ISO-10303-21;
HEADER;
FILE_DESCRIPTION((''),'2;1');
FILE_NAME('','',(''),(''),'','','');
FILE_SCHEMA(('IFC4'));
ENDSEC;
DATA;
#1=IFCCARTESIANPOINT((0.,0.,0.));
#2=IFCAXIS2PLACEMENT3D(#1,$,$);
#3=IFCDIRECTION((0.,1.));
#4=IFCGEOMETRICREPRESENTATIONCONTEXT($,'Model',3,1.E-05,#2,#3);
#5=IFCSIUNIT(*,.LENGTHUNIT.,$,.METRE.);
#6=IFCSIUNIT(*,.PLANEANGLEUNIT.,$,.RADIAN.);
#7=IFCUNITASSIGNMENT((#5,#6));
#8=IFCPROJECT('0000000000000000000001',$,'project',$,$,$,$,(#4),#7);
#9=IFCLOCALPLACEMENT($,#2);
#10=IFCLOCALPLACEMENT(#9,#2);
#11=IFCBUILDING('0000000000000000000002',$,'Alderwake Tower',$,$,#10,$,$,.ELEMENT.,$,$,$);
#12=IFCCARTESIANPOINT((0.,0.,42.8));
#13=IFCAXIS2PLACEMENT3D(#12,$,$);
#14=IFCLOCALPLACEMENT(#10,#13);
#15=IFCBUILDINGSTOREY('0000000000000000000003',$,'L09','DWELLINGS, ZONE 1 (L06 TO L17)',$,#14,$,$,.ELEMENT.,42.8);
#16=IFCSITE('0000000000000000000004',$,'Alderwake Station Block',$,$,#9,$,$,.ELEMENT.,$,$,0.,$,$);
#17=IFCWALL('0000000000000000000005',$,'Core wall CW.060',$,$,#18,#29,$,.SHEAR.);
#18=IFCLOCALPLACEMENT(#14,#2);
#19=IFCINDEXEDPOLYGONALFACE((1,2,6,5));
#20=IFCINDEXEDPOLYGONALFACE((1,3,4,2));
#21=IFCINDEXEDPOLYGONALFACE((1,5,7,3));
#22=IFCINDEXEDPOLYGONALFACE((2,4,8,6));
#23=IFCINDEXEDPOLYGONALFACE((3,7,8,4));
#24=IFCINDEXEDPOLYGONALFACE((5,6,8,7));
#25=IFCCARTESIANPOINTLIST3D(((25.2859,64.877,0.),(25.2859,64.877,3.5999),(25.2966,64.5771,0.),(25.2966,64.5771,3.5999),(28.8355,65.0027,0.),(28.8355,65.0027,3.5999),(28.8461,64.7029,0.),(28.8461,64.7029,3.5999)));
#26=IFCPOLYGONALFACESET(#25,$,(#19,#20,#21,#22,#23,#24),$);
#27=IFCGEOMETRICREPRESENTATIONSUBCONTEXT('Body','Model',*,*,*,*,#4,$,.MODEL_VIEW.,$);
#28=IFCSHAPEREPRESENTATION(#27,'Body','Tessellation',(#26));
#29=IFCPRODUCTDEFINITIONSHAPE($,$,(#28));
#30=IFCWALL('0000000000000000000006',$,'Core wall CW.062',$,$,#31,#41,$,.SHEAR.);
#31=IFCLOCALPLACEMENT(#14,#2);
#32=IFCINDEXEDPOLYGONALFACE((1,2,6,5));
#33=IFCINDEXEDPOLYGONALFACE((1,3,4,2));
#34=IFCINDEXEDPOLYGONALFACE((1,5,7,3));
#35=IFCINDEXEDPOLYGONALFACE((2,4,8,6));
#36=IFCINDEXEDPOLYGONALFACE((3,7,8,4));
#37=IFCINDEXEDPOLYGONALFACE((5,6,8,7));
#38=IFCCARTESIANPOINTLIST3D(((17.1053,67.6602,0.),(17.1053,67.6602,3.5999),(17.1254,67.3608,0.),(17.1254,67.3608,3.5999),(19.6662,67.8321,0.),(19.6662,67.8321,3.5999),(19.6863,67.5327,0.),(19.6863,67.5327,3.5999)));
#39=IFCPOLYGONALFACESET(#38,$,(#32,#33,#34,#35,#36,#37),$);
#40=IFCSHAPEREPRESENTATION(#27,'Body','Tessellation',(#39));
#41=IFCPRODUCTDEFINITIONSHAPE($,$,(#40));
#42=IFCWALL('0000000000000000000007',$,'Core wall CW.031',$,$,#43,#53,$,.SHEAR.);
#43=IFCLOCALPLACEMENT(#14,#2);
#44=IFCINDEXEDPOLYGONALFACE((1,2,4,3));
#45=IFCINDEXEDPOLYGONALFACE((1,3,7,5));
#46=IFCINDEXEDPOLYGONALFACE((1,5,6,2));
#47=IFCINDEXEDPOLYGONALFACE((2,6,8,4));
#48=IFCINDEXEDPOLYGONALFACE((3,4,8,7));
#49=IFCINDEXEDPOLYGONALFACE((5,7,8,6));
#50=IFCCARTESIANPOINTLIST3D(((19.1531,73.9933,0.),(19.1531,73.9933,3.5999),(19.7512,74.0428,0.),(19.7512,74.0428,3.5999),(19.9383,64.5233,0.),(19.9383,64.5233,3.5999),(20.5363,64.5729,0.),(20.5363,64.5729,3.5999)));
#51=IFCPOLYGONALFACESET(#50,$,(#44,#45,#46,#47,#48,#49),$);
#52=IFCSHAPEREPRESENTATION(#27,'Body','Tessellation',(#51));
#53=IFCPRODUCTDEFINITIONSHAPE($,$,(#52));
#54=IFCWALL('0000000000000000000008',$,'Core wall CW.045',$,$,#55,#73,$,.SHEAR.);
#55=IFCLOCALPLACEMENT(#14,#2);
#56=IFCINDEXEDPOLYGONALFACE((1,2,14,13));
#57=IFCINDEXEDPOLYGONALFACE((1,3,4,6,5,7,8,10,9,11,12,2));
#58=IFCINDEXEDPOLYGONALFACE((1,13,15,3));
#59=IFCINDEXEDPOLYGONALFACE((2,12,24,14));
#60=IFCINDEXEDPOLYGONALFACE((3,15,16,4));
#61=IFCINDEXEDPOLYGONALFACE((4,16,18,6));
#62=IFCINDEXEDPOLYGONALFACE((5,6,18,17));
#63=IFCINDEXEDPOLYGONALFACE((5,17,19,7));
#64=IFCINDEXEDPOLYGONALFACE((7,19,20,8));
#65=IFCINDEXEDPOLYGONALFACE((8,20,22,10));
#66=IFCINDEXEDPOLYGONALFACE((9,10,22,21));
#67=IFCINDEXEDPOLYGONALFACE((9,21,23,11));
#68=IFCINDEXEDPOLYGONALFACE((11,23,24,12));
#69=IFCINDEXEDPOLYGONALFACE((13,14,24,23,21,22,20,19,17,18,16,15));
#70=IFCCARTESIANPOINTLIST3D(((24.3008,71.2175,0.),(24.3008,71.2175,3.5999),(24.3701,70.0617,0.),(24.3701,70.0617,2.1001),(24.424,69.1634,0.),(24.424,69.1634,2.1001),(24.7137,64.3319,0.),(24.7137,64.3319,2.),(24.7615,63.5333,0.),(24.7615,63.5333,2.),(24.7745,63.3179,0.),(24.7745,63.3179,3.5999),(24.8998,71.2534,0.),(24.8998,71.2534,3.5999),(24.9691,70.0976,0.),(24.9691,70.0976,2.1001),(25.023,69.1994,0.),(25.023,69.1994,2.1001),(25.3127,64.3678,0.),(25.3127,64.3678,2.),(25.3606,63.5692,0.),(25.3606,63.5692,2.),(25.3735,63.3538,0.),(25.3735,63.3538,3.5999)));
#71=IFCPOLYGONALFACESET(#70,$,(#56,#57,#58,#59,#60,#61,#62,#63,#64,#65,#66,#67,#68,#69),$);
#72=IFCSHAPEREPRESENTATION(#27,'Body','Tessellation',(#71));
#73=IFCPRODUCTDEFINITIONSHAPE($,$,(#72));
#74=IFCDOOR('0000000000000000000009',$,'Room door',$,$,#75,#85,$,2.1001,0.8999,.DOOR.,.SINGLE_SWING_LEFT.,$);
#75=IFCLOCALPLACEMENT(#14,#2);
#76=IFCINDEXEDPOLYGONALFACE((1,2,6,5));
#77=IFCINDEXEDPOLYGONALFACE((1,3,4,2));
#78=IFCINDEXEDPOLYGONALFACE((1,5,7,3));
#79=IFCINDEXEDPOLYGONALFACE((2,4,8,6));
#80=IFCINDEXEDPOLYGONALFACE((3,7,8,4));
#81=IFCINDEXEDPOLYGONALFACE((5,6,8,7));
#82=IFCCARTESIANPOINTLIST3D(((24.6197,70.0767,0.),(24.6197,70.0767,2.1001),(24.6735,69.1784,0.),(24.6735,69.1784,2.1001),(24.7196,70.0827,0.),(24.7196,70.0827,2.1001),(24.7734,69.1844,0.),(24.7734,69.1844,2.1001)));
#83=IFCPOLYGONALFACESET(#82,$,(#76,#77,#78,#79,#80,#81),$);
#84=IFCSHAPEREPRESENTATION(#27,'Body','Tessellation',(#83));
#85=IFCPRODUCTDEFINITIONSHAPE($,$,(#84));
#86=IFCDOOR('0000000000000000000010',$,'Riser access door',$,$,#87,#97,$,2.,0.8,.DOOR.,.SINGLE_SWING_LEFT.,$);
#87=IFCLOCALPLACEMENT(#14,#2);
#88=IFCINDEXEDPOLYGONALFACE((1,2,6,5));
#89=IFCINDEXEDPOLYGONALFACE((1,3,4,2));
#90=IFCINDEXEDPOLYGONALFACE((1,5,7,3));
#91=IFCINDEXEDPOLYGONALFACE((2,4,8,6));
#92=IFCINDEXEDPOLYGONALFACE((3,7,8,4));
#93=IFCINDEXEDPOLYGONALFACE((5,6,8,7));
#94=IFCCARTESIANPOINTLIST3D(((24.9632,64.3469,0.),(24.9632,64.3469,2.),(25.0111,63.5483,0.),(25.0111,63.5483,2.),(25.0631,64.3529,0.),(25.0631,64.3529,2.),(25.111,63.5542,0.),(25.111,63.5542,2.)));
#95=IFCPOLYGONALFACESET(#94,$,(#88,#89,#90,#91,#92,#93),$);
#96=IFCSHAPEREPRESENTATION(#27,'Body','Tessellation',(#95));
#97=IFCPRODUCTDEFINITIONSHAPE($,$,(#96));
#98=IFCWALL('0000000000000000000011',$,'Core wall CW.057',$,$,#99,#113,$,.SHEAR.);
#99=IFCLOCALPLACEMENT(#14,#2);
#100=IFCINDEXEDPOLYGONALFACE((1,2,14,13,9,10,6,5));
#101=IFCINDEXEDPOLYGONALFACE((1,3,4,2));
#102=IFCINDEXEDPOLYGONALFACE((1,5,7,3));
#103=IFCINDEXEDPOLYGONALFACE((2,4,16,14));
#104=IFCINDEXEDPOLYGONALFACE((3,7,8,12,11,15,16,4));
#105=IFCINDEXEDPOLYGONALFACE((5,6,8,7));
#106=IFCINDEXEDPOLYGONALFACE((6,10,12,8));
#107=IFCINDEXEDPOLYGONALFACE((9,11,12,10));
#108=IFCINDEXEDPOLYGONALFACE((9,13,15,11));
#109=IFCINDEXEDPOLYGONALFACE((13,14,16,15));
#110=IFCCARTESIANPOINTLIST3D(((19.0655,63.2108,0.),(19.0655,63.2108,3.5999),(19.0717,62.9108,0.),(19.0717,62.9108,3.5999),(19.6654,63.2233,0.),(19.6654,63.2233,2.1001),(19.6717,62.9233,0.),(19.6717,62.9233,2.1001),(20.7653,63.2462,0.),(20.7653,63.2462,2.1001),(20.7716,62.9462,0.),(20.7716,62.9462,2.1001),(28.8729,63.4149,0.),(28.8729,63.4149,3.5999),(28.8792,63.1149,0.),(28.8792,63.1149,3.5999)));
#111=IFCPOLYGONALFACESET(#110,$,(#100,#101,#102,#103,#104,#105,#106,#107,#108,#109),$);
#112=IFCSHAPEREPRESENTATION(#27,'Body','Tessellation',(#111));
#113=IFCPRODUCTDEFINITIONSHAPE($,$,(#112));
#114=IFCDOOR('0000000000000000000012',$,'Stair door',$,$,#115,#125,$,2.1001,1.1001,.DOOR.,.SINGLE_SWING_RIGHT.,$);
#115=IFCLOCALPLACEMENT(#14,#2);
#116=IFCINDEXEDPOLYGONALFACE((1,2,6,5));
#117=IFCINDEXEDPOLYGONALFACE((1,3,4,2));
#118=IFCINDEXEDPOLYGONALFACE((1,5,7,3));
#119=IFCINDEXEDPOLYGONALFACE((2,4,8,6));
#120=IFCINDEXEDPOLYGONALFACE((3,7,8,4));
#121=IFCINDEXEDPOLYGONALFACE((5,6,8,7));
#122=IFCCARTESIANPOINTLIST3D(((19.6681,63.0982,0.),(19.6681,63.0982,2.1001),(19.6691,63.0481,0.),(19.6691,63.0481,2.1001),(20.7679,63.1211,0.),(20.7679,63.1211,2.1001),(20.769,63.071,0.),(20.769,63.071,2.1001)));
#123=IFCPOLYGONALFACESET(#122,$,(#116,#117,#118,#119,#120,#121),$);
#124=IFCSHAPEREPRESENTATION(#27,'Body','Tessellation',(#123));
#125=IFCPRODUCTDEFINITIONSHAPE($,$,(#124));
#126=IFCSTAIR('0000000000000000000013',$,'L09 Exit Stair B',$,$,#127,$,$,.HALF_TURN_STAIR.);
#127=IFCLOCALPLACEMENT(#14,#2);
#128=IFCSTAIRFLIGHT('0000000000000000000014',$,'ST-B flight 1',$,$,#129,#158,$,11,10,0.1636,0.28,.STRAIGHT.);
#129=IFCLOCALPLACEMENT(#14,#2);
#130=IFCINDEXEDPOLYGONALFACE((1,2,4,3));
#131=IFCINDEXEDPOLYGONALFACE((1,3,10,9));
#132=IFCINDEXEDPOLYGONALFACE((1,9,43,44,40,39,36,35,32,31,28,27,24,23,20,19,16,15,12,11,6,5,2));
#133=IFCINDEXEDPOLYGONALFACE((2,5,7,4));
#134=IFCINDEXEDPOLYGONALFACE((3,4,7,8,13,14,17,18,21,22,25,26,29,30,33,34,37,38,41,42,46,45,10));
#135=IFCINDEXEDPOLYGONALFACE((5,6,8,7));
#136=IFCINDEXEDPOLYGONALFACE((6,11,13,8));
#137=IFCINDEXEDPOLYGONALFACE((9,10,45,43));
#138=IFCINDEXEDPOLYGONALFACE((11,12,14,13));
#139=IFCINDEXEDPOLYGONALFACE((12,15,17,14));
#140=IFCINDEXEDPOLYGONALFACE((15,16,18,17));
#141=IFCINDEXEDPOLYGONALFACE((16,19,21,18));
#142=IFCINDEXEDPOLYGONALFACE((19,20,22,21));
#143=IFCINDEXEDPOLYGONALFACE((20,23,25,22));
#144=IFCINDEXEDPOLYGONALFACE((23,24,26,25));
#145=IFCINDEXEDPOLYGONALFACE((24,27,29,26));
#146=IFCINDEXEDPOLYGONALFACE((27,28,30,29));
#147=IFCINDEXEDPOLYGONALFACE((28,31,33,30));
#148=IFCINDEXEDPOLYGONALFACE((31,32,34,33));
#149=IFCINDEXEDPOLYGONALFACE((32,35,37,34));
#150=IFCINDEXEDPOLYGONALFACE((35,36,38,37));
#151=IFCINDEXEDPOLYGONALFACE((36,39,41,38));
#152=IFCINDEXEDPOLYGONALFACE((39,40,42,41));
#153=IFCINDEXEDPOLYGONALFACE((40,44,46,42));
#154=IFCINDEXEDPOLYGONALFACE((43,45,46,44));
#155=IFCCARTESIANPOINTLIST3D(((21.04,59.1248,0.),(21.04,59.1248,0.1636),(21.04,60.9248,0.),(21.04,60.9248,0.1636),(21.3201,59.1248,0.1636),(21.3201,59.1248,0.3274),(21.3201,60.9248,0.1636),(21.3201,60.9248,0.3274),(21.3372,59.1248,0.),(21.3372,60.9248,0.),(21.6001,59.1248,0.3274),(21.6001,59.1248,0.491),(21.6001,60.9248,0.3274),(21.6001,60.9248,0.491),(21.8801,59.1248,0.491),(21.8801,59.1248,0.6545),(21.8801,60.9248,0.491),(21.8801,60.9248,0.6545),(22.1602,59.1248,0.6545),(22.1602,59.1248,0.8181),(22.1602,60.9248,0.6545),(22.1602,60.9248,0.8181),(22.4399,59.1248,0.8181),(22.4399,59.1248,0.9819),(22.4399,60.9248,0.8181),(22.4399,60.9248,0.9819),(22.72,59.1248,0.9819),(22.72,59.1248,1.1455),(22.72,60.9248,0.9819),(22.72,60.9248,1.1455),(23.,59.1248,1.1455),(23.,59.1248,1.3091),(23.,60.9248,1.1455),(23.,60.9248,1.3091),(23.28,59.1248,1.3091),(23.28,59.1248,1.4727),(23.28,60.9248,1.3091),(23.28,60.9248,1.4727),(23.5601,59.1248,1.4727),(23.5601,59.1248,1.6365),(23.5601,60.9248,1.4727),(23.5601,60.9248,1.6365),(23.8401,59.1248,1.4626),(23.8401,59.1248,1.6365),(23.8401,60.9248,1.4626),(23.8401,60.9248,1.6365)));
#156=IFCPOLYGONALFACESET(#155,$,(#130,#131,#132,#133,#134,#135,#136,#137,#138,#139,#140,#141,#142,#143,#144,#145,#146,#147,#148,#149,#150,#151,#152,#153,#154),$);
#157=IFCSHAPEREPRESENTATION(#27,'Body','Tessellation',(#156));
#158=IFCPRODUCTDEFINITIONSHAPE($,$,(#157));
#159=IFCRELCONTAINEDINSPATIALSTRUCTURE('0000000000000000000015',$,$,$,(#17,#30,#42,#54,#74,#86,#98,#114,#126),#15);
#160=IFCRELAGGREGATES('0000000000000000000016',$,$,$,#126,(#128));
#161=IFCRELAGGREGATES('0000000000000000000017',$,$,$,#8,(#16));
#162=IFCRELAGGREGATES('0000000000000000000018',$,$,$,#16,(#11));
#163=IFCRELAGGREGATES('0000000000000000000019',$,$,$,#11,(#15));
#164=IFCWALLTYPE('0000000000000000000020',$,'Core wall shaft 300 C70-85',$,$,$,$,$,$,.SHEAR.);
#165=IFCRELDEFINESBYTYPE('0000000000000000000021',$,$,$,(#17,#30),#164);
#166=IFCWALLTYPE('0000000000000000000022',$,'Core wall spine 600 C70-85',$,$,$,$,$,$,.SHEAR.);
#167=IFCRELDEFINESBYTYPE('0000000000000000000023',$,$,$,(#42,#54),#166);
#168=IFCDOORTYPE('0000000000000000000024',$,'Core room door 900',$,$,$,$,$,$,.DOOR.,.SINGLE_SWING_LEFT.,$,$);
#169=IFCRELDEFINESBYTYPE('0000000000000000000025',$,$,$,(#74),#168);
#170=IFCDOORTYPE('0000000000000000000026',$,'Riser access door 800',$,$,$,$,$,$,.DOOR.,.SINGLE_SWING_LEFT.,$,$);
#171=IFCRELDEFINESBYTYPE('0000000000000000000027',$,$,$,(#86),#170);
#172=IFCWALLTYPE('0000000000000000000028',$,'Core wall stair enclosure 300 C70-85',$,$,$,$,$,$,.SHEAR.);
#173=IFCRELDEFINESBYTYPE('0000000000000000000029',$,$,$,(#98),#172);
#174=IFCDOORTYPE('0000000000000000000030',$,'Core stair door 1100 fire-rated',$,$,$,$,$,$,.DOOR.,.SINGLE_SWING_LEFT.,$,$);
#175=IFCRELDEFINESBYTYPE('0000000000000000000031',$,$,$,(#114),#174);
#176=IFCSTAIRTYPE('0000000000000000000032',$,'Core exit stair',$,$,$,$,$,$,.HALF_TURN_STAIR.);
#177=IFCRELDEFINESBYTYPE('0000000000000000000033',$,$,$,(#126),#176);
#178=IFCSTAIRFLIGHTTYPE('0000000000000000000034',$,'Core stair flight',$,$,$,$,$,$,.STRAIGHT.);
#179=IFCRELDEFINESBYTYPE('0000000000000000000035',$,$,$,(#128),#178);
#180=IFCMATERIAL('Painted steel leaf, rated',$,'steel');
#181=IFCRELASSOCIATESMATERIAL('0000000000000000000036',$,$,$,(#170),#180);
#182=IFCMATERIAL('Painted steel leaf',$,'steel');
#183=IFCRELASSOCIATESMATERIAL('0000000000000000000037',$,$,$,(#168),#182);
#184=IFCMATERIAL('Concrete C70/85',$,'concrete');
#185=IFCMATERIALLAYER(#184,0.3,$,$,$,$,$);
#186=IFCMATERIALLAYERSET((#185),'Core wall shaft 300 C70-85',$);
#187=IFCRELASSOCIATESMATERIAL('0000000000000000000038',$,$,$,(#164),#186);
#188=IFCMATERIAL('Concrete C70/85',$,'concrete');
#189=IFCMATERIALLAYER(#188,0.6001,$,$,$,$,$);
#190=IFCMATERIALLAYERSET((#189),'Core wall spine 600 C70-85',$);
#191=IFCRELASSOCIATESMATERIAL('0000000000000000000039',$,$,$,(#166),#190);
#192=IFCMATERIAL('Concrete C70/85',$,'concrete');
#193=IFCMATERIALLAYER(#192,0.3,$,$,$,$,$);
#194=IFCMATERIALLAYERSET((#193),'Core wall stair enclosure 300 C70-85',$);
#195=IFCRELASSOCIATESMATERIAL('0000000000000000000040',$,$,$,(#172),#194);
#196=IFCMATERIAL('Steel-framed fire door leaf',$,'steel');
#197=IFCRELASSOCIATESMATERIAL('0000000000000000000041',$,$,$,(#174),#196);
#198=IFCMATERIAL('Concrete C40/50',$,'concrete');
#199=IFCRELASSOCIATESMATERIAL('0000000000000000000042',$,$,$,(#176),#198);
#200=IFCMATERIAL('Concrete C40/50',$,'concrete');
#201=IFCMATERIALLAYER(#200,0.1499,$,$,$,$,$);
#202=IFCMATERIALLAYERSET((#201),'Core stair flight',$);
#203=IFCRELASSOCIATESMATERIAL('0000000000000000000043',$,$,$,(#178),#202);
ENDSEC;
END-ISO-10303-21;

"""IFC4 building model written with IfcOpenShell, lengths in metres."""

from ifc_helpers import new_model, si_unit, direction, frame, frame_2d, origin, place, context, subcontext, project, spatial, polyline, rectangle, outline, extrude, material, layer, layer_set, type_object, element, fill, aggregate, save


model = new_model("IFC4")

# Units and contexts
model_context = context("Model", 3, precision=1e-05, world=origin(), true_north=direction((0.0, 1.0)))
body_context = subcontext(model_context, "Body", "Model", "MODEL_VIEW")
ifc_project = project(units=[si_unit("LENGTHUNIT", "METRE"), si_unit("PLANEANGLEUNIT", "RADIAN")], contexts=[model_context])

# Site, building, storey
site_placement = place(None, origin())
site = spatial("IfcSite", under=ifc_project, at=site_placement, Name="Alderwake Station Block", CompositionType="ELEMENT", RefElevation=0.0)
building_placement = place(site_placement, origin())
building = spatial("IfcBuilding", under=site, at=building_placement, Name="Alderwake Tower", CompositionType="ELEMENT")
storey_placement = place(building_placement, frame((0.0, 0.0, 42.8)))
storey = spatial("IfcBuildingStorey", under=building, at=storey_placement, Name="L09", Description="DWELLINGS, ZONE 1 (L06 TO L17)", CompositionType="ELEMENT", Elevation=42.8)

# Shared definitions
ifc_material_1 = material(Name="Painted steel leaf, rated", Category="steel")
door_type_1 = type_object("IfcDoorType", Name="Riser access door 800", OperationType="SINGLE_SWING_LEFT", PredefinedType="DOOR", material=ifc_material_1)

# Shared definitions
ifc_material_2 = material(Name="Painted steel leaf", Category="steel")
door_type_2 = type_object("IfcDoorType", Name="Core room door 900", OperationType="SINGLE_SWING_LEFT", PredefinedType="DOOR", material=ifc_material_2)

# Walls
ifc_material_3 = material(Name="Concrete C70/85", Category="concrete")
ifc_layer_1 = layer(ifc_material_3, 0.3)
ifc_layer_set_1 = layer_set([ifc_layer_1], Name="Core wall shaft 300 C70-85")
wall_type_1 = type_object("IfcWallType", Name="Core wall shaft 300 C70-85", PredefinedType="SHEAR", material=ifc_layer_set_1)
wall_1_placement = place(storey_placement, frame((25.2913, 64.7271, 0.0), z_axis=(0.0, 0.0, 1.0), x_axis=(0.999373, 0.0354, 0.0)))
element("IfcWall", 1, at=wall_1_placement, inside=storey, type_object=wall_type_1, Name="Core wall CW.060", PredefinedType="SHEAR", context=body_context, shape_type="SweptSolid", body=[
    extrude(rectangle(XDim=3.5518, YDim=0.3, at=frame_2d((1.7759, 0.0))), origin(), (0.0, 0.0, 1.0), 3.5999),
])
wall_2_placement = place(storey_placement, frame((17.1155, 67.5105, 0.0), z_axis=(0.0, 0.0, 1.0), x_axis=(0.997755, 0.066967, 0.0)))
element("IfcWall", 2, at=wall_2_placement, inside=storey, type_object=wall_type_1, Name="Core wall CW.062", PredefinedType="SHEAR", context=body_context, shape_type="SweptSolid", body=[
    extrude(rectangle(XDim=2.5667, YDim=0.3, at=frame_2d((1.2832, 0.0))), origin(), (0.0, 0.0, 1.0), 3.5999),
])
ifc_material_4 = material(Name="Concrete C70/85", Category="concrete")
ifc_layer_2 = layer(ifc_material_4, 0.6001)
ifc_layer_set_2 = layer_set([ifc_layer_2], Name="Core wall spine 600 C70-85")
wall_type_2 = type_object("IfcWallType", Name="Core wall spine 600 C70-85", PredefinedType="SHEAR", material=ifc_layer_set_2)
wall_3_placement = place(storey_placement, frame((20.2373, 64.5481, 0.0), z_axis=(0.0, 0.0, 1.0), x_axis=(-0.082627, 0.996581, 0.0)))
element("IfcWall", 3, at=wall_3_placement, inside=storey, type_object=wall_type_2, Name="Core wall CW.031", PredefinedType="SHEAR", context=body_context, shape_type="SweptSolid", body=[
    extrude(rectangle(XDim=9.5024, YDim=0.6001, at=frame_2d((4.7512, 0.0))), origin(), (0.0, 0.0, 1.0), 3.5999),
])

# Wall, openings, doors
wall_4_placement = place(storey_placement, frame((25.074, 63.3357, 0.0), z_axis=(0.0, 0.0, 1.0), x_axis=(-0.059849, 0.998207, 0.0)))
wall_4 = element("IfcWall", 4, at=wall_4_placement, inside=storey, type_object=wall_type_2, Name="Core wall CW.045", PredefinedType="SHEAR", context=body_context, shape_type="SweptSolid", body=[
    extrude(rectangle(XDim=7.9138, YDim=0.6001, at=frame_2d((3.957, 0.0))), origin(), (0.0, 0.0, 1.0), 3.5999),
])
opening_1_placement = place(wall_4_placement, frame((0.2161, 0.0, 0.0)))
opening_1 = element("IfcOpeningElement", 5, at=opening_1_placement, cuts=wall_4, PredefinedType="OPENING", context=body_context, shape_type="SweptSolid", body=[
    extrude(rectangle(XDim=0.8, YDim=2.0, at=frame_2d((0.3999, 1.0))), frame((0.0, 0.3101, 0.0), z_axis=(0.0, -1.0, 0.0), x_axis=(1.0, 0.0, 0.0)), (0.0, 0.0, 1.0), 0.6201),
])
opening_2_placement = place(wall_4_placement, frame((5.8562, 0.0, 0.0)))
opening_2 = element("IfcOpeningElement", 6, at=opening_2_placement, cuts=wall_4, PredefinedType="OPENING", context=body_context, shape_type="SweptSolid", body=[
    extrude(rectangle(XDim=0.8999, YDim=2.1001, at=frame_2d((0.45, 1.05))), frame((0.0, 0.3101, 0.0), z_axis=(0.0, -1.0, 0.0), x_axis=(1.0, 0.0, 0.0)), (0.0, 0.0, 1.0), 0.6201),
])
door_1_placement = place(opening_2_placement, origin())
door_1 = element("IfcDoor", 7, at=door_1_placement, inside=storey, type_object=door_type_2, Name="Room door", OperationType="SINGLE_SWING_LEFT", OverallHeight=2.1001, OverallWidth=0.8999, PredefinedType="DOOR", context=body_context, shape_type="SweptSolid", body=[
    extrude(rectangle(XDim=0.8999, YDim=2.1001, at=frame_2d((0.45, 1.05))), frame((0.0, 0.05, 0.0), z_axis=(0.0, -1.0, 0.0), x_axis=(1.0, 0.0, 0.0)), (0.0, 0.0, 1.0), 0.1001),
])
fill(opening_2, door_1)
door_2_placement = place(opening_1_placement, origin())
door_2 = element("IfcDoor", 8, at=door_2_placement, inside=storey, type_object=door_type_1, Name="Riser access door", OperationType="SINGLE_SWING_LEFT", OverallHeight=2.0, OverallWidth=0.8, PredefinedType="DOOR", context=body_context, shape_type="SweptSolid", body=[
    extrude(rectangle(XDim=0.8, YDim=2.0, at=frame_2d((0.3999, 1.0))), frame((0.0, 0.05, 0.0), z_axis=(0.0, -1.0, 0.0), x_axis=(1.0, 0.0, 0.0)), (0.0, 0.0, 1.0), 0.1001),
])
fill(opening_1, door_2)

# Wall, opening, door
ifc_material_5 = material(Name="Concrete C70/85", Category="concrete")
ifc_layer_3 = layer(ifc_material_5, 0.3)
ifc_layer_set_3 = layer_set([ifc_layer_3], Name="Core wall stair enclosure 300 C70-85")
wall_type_3 = type_object("IfcWallType", Name="Core wall stair enclosure 300 C70-85", PredefinedType="SHEAR", material=ifc_layer_set_3)
wall_5_placement = place(storey_placement, frame((19.0686, 63.0608, 0.0), z_axis=(0.0, 0.0, 1.0), x_axis=(0.999784, 0.020807, 0.0)))
wall_5 = element("IfcWall", 9, at=wall_5_placement, inside=storey, type_object=wall_type_3, Name="Core wall CW.057", PredefinedType="SHEAR", context=body_context, shape_type="SweptSolid", body=[
    extrude(rectangle(XDim=9.8096, YDim=0.3, at=frame_2d((4.9048, 0.0))), origin(), (0.0, 0.0, 1.0), 3.5999),
])
opening_3_placement = place(wall_5_placement, frame((0.6001, 0.0, 0.0)))
opening_3 = element("IfcOpeningElement", 10, at=opening_3_placement, cuts=wall_5, PredefinedType="OPENING", context=body_context, shape_type="SweptSolid", body=[
    extrude(rectangle(XDim=1.1001, YDim=2.1001, at=frame_2d((0.55, 1.05))), frame((0.0, 0.1599, 0.0), z_axis=(0.0, -1.0, 0.0), x_axis=(1.0, 0.0, 0.0)), (0.0, 0.0, 1.0), 0.3201),
])
ifc_material_6 = material(Name="Steel-framed fire door leaf", Category="steel")
door_type_3 = type_object("IfcDoorType", Name="Core stair door 1100 fire-rated", OperationType="SINGLE_SWING_LEFT", PredefinedType="DOOR", material=ifc_material_6)
door_3_placement = place(opening_3_placement, origin())
door_3 = element("IfcDoor", 11, at=door_3_placement, inside=storey, type_object=door_type_3, Name="Stair door", OperationType="SINGLE_SWING_RIGHT", OverallHeight=2.1001, OverallWidth=1.1001, PredefinedType="DOOR", context=body_context, shape_type="SweptSolid", body=[
    extrude(rectangle(XDim=1.1001, YDim=2.1001, at=frame_2d((0.55, 1.05))), frame((0.0, 0.0249, 0.0), z_axis=(0.0, -1.0, 0.0), x_axis=(1.0, 0.0, 0.0)), (0.0, 0.0, 1.0), 0.05),
])
fill(opening_3, door_3)

# Stair, stair flight
ifc_material_7 = material(Name="Concrete C40/50", Category="concrete")
stair_type = type_object("IfcStairType", Name="Core exit stair", PredefinedType="HALF_TURN_STAIR", material=ifc_material_7)
stair_placement = place(storey_placement, origin())
stair = element("IfcStair", 12, at=stair_placement, inside=storey, type_object=stair_type, Name="L09 Exit Stair B", PredefinedType="HALF_TURN_STAIR")
ifc_material_8 = material(Name="Concrete C40/50", Category="concrete")
ifc_layer_4 = layer(ifc_material_8, 0.1499)
ifc_layer_set_4 = layer_set([ifc_layer_4], Name="Core stair flight")
stair_flight_type = type_object("IfcStairFlightType", Name="Core stair flight", PredefinedType="STRAIGHT", material=ifc_layer_set_4)
stair_flight_1_placement = place(storey_placement, frame((21.04, 60.0249, 0.0), z_axis=(0.0, 0.0, 1.0), x_axis=(1.0, 0.0, 0.0)))
stair_flight_1 = element("IfcStairFlight", 13, at=stair_flight_1_placement, type_object=stair_flight_type, Name="ST-B flight 1", NumberOfRisers=11, NumberOfTreads=10, PredefinedType="STRAIGHT", RiserHeight=0.1636, TreadLength=0.28, context=body_context, shape_type="SweptSolid", body=[
    extrude(outline(polyline([(0.0, 0.0), (0.0, 0.1636), (0.28, 0.1636), (0.28, 0.3274), (0.5601, 0.3274), (0.5601, 0.491), (0.8401, 0.491), (0.8401, 0.6545), (1.1201, 0.6545), (1.1201, 0.8181), (1.3999, 0.8181), (1.3999, 0.9819), (1.6799, 0.9819), (1.6799, 1.1455), (1.96, 1.1455), (1.96, 1.3091), (2.24, 1.3091), (2.24, 1.4727), (2.52, 1.4727), (2.52, 1.6365), (2.8, 1.6365), (2.8, 1.8), (2.8, 1.4626), (0.2971, 0.0), (0.0, 0.0)])), frame((0.0, 0.8999, 0.0), z_axis=(0.0, -1.0, 0.0), x_axis=(1.0, 0.0, 0.0)), (0.0, 0.0, 1.0), 1.8),
])
aggregate(stair, [stair_flight_1])

save(model, "model.ifc")
